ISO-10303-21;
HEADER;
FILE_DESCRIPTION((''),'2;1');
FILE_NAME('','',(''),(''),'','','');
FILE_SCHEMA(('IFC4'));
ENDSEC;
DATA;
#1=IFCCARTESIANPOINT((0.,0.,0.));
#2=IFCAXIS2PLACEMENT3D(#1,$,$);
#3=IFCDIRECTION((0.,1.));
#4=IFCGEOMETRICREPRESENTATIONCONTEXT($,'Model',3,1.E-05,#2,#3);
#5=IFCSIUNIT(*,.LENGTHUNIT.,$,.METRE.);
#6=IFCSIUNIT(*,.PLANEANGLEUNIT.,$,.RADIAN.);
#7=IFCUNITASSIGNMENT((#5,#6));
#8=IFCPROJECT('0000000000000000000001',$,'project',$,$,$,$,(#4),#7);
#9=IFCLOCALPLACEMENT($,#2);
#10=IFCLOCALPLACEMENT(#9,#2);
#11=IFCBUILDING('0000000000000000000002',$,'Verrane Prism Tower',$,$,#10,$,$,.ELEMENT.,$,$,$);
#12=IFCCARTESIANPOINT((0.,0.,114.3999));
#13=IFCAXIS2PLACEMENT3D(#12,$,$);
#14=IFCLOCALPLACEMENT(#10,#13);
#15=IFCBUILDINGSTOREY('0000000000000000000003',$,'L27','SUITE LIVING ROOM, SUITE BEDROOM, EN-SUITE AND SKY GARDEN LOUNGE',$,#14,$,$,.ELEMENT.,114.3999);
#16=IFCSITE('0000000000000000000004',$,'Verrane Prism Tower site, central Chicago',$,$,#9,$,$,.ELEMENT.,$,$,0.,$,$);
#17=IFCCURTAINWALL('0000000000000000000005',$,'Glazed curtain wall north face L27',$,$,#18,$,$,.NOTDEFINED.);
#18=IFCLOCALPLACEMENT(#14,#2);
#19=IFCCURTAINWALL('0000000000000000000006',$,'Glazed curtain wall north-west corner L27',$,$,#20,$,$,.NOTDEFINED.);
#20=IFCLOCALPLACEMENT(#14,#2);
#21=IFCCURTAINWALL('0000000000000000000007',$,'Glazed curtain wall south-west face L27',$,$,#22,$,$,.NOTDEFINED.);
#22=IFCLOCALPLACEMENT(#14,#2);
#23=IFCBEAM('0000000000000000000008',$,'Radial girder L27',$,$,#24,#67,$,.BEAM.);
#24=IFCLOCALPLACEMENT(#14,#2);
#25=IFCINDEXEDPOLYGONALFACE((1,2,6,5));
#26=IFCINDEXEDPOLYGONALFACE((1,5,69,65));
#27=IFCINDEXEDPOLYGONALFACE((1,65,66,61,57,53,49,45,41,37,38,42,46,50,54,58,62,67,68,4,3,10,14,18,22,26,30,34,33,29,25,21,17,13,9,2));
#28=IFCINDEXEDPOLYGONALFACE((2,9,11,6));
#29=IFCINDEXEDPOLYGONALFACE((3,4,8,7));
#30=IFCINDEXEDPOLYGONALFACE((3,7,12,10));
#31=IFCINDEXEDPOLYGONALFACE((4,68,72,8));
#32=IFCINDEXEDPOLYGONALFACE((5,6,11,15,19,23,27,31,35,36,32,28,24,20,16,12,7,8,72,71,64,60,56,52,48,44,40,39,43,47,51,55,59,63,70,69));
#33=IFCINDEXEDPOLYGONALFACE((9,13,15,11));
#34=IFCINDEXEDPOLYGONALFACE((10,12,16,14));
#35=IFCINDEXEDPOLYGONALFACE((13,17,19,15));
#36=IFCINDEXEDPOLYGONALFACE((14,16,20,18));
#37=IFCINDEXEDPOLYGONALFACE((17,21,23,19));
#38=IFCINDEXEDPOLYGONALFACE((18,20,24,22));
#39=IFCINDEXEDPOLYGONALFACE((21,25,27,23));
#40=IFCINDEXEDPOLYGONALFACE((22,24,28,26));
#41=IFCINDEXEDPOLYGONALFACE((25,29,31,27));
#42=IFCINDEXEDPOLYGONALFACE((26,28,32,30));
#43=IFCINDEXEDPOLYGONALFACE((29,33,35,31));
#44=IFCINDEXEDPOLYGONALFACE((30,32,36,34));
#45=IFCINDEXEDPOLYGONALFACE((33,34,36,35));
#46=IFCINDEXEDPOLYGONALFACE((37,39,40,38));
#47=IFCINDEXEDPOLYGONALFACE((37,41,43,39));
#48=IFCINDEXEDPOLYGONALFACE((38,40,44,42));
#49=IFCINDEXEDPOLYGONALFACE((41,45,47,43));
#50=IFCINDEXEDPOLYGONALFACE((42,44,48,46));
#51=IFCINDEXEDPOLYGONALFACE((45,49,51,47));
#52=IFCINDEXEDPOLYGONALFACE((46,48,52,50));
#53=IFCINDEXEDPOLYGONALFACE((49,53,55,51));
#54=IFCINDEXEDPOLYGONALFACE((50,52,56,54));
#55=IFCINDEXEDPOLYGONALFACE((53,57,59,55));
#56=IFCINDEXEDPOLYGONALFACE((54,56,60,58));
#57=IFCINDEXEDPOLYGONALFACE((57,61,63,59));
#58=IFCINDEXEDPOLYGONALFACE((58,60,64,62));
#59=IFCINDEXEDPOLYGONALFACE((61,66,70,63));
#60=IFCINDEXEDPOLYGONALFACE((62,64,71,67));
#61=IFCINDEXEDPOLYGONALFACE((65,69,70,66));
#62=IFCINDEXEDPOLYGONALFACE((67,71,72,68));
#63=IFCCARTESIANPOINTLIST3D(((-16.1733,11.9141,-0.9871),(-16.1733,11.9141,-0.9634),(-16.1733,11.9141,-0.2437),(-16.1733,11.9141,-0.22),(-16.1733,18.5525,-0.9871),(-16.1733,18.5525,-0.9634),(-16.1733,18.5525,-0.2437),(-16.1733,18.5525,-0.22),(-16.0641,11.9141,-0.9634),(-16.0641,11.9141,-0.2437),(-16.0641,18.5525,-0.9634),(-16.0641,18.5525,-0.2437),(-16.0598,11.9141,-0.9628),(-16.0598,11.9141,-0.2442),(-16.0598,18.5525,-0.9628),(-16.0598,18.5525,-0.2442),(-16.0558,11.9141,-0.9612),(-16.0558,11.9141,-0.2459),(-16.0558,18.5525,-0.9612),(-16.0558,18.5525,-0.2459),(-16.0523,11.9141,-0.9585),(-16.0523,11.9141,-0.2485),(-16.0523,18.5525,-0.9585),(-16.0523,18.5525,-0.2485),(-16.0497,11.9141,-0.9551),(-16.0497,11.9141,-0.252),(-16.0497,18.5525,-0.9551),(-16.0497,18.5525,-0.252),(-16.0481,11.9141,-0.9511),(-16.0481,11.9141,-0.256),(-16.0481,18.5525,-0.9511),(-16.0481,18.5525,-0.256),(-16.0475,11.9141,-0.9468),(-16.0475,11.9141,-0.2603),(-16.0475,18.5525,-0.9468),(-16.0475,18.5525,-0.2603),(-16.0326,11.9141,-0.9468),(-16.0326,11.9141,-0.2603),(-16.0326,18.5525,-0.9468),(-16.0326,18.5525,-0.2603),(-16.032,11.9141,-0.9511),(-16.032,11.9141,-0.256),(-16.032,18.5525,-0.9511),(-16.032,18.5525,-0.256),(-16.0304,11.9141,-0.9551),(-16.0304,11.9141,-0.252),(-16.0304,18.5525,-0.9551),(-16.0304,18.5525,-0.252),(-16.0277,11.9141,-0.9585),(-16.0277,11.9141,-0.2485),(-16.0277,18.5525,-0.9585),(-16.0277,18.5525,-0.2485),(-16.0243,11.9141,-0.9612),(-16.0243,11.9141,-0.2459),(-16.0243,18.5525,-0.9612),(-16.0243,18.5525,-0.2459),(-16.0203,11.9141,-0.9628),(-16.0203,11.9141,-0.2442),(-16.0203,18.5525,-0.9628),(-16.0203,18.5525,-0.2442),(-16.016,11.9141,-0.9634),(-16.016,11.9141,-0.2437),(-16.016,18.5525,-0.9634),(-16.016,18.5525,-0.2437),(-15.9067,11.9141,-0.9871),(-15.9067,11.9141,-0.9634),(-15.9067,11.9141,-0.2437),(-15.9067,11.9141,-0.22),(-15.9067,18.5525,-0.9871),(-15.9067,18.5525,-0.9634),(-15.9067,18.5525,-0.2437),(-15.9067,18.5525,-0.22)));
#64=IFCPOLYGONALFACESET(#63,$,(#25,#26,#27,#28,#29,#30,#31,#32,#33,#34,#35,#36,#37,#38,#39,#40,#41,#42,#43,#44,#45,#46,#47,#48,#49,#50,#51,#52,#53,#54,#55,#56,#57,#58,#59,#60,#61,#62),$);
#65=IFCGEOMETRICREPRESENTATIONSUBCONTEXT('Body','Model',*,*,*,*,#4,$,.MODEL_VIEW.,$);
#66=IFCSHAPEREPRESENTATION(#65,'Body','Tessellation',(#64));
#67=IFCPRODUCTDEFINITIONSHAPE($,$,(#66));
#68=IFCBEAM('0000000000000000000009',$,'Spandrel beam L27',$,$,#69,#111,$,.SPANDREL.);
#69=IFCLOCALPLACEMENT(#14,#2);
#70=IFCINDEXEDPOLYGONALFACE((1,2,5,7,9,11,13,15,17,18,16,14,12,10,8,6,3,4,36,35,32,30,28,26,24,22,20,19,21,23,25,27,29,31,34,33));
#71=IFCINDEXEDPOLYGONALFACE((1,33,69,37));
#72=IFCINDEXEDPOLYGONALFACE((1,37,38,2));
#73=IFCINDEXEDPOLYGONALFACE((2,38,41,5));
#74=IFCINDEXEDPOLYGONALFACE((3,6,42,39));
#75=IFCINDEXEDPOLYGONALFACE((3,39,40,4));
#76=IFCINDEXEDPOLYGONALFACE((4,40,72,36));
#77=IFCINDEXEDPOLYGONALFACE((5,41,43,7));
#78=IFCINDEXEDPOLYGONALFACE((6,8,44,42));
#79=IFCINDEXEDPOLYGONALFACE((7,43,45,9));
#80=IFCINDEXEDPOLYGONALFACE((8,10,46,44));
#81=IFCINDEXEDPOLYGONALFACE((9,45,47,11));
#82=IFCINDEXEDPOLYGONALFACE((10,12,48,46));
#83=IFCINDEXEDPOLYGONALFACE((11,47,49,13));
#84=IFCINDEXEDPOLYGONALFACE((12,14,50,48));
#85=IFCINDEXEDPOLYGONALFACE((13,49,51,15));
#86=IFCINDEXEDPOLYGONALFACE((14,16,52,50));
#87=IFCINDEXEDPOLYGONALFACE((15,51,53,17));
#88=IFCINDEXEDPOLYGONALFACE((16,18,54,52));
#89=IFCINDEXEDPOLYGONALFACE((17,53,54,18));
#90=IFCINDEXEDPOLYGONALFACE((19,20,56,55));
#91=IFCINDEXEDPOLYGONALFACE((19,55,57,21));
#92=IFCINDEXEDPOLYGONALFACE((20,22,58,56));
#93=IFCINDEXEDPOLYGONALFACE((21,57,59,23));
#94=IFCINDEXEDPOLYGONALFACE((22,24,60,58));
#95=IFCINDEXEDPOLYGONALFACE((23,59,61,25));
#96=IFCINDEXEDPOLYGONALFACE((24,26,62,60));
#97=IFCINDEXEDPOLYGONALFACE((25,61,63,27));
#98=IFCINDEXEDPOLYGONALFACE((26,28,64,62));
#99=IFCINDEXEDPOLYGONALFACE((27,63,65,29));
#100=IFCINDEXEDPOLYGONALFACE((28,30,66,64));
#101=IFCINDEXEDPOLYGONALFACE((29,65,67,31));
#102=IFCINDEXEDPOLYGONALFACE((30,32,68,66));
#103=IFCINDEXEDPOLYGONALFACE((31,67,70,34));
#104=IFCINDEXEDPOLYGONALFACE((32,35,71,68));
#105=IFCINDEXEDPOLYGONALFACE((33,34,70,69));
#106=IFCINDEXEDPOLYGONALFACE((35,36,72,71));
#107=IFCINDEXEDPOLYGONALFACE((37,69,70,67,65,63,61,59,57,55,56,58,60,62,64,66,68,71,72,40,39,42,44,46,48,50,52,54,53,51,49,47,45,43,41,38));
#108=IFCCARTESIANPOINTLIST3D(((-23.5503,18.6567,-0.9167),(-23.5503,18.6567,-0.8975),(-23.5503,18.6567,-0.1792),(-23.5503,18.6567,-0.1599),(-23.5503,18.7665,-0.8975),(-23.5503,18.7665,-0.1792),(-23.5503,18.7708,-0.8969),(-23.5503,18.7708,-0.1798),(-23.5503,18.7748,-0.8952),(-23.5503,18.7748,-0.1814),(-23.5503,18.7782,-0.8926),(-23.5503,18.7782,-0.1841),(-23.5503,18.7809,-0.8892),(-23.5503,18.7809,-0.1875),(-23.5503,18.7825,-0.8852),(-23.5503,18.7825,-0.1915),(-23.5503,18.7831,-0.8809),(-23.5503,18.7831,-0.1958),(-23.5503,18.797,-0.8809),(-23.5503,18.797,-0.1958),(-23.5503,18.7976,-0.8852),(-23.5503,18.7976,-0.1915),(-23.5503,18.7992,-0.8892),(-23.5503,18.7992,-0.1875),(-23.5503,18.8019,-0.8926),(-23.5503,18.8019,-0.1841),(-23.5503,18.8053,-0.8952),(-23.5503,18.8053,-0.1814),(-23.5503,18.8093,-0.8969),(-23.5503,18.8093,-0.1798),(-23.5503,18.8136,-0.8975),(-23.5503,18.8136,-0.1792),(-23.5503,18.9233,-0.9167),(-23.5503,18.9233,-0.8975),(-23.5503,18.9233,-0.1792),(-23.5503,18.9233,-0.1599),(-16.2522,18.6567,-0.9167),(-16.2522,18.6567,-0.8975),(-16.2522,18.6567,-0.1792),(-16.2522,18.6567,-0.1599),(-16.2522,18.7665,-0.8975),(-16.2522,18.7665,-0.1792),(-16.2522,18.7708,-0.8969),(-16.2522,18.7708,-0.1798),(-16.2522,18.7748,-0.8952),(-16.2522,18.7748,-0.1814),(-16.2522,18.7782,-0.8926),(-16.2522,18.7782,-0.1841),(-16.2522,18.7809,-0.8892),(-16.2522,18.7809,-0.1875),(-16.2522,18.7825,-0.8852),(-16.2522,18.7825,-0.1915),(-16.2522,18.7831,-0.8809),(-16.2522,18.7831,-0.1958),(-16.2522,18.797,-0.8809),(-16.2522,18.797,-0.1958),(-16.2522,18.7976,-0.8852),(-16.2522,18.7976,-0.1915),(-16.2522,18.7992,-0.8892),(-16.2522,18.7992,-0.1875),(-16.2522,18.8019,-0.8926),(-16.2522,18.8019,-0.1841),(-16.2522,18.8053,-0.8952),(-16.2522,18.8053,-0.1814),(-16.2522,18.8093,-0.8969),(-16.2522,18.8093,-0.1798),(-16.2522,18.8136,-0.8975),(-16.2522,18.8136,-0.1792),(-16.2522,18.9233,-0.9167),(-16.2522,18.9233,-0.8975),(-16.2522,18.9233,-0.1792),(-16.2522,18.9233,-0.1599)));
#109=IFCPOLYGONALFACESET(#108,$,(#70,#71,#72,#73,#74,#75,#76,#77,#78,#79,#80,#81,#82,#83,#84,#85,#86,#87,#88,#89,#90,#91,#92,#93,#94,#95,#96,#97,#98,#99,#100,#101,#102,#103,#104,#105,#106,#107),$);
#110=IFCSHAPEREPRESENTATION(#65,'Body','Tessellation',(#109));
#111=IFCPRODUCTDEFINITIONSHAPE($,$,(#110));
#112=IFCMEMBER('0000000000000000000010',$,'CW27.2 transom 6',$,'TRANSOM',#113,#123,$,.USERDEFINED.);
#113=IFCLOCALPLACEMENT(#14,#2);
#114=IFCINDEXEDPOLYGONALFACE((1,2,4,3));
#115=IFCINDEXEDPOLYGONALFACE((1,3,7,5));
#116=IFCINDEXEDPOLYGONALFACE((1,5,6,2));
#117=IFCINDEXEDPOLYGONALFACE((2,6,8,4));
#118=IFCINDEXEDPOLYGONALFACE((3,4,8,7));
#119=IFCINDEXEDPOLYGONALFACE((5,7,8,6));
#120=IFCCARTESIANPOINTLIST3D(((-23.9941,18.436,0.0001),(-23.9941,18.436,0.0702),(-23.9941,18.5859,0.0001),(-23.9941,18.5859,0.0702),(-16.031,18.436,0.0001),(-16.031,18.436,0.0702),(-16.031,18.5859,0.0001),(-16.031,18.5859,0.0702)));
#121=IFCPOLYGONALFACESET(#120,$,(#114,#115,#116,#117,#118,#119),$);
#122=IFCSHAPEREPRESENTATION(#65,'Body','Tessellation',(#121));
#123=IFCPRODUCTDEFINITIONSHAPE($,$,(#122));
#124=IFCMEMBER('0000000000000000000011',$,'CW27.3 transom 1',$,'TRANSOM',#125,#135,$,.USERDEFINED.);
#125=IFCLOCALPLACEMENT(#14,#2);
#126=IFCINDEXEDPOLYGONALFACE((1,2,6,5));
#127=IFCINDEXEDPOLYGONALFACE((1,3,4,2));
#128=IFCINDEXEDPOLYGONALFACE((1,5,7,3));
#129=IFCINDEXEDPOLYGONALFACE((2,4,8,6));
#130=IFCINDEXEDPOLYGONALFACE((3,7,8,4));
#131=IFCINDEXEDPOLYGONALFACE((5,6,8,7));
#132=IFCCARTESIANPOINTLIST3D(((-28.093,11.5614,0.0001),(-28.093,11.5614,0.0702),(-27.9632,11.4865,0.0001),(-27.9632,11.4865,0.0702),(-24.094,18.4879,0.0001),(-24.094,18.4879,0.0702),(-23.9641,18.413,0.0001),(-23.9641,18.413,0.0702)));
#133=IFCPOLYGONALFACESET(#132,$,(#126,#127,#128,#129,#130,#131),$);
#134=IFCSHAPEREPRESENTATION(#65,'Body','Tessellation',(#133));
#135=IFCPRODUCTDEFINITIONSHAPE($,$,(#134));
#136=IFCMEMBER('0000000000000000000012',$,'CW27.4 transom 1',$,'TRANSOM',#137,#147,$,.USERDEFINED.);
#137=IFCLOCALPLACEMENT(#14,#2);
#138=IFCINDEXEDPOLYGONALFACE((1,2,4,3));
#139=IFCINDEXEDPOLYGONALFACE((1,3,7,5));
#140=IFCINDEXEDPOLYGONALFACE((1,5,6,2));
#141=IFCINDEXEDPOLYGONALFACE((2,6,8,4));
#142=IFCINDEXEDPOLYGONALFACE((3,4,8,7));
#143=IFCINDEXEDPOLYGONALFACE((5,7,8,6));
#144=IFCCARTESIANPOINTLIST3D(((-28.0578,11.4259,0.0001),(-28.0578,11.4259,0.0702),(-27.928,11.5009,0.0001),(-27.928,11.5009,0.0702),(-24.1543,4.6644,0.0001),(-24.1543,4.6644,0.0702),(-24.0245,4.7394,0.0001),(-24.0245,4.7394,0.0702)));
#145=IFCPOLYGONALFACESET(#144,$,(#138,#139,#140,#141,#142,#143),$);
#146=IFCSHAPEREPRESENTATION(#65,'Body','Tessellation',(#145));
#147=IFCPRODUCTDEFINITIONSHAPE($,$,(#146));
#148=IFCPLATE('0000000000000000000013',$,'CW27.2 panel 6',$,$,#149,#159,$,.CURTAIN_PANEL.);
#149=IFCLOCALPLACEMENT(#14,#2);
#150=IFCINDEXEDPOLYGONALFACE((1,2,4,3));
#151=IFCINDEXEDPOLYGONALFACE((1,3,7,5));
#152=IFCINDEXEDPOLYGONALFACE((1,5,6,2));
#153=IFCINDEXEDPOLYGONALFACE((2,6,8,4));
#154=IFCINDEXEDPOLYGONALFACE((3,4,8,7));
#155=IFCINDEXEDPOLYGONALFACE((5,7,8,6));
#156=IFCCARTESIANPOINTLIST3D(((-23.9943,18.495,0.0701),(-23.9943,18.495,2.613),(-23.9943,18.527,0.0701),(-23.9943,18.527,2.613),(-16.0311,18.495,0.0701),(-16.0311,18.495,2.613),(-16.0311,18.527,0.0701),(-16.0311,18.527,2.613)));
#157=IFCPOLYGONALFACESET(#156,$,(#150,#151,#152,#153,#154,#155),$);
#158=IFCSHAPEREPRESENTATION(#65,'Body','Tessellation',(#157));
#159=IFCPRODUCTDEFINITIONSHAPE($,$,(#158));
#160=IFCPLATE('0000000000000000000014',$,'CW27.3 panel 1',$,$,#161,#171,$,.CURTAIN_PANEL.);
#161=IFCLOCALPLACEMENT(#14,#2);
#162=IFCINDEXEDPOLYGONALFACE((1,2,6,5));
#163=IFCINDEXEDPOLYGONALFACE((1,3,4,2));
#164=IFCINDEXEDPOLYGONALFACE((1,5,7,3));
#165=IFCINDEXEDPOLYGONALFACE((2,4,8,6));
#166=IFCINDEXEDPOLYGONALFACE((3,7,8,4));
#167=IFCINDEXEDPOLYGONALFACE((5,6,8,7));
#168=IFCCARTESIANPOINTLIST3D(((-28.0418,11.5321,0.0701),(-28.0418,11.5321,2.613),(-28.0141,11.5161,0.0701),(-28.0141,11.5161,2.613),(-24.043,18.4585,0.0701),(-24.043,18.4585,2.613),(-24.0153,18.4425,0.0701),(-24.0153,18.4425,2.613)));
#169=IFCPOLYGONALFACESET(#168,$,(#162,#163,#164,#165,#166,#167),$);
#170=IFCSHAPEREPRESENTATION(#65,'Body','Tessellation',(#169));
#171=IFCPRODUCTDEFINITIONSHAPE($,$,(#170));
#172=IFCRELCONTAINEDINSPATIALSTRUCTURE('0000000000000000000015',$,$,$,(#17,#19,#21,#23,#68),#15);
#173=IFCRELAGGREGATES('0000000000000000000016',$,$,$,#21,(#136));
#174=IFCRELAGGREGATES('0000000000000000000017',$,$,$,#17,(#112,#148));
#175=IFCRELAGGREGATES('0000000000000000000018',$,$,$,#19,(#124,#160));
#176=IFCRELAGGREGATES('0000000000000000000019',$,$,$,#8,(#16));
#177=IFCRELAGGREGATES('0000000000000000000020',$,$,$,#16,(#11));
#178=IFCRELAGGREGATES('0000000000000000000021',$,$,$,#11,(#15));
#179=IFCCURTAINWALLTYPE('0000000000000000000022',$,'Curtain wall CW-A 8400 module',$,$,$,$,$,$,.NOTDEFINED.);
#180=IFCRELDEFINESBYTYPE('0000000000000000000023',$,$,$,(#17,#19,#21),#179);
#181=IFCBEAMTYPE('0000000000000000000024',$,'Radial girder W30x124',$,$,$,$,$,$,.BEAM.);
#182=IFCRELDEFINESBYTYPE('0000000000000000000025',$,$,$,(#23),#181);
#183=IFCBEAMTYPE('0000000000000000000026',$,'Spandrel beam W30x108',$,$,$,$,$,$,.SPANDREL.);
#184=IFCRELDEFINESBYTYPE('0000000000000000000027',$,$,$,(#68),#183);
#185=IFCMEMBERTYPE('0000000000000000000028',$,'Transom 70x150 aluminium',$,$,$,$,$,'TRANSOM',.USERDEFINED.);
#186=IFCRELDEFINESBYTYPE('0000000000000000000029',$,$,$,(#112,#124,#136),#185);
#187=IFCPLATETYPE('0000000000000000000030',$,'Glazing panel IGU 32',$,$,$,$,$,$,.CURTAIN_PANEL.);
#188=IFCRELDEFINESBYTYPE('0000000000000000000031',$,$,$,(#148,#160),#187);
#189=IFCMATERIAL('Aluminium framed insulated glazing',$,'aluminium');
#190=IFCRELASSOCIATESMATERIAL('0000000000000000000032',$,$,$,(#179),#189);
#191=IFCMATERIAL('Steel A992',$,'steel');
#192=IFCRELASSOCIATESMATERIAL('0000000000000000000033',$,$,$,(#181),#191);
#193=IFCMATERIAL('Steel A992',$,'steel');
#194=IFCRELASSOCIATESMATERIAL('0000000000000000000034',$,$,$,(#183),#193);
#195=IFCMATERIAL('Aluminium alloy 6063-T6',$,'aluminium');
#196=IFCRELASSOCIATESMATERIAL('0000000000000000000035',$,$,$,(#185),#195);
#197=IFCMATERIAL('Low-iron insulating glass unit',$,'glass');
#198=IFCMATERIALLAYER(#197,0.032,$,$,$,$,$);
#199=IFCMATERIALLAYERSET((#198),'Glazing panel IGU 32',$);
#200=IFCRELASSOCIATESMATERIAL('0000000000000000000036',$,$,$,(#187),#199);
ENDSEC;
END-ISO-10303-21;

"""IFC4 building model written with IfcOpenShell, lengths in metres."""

from ifc_helpers import new_model, si_unit, direction, frame, origin, origin_2d, place, context, subcontext, project, spatial, rectangle, i_section, extrude, material, layer, layer_set, material_profile, profile_set, type_object, element, aggregate, save


model = new_model("IFC4")

# Units and contexts
model_context = context("Model", 3, precision=1e-05, world=origin(), true_north=direction((0.0, 1.0)))
body_context = subcontext(model_context, "Body", "Model", "MODEL_VIEW")
ifc_project = project(units=[si_unit("LENGTHUNIT", "METRE"), si_unit("PLANEANGLEUNIT", "RADIAN")], contexts=[model_context])

# Site, building, storey
site_placement = place(None, origin())
site = spatial("IfcSite", under=ifc_project, at=site_placement, Name="Verrane Prism Tower site, central Chicago", CompositionType="ELEMENT", RefElevation=0.0)
building_placement = place(site_placement, origin())
building = spatial("IfcBuilding", under=site, at=building_placement, Name="Verrane Prism Tower", CompositionType="ELEMENT")
storey_placement = place(building_placement, frame((0.0, 0.0, 114.3999)))
storey = spatial("IfcBuildingStorey", under=building, at=storey_placement, Name="L27", Description="SUITE LIVING ROOM, SUITE BEDROOM, EN-SUITE AND SKY GARDEN LOUNGE", CompositionType="ELEMENT", Elevation=114.3999)

# Curtain walls
ifc_material_1 = material(Name="Aluminium framed insulated glazing", Category="aluminium")
curtain_wall_type = type_object("IfcCurtainWallType", Name="Curtain wall CW-A 8400 module", PredefinedType="NOTDEFINED", material=ifc_material_1)
curtain_wall_1_placement = place(storey_placement, origin())
curtain_wall_1 = element("IfcCurtainWall", 1, at=curtain_wall_1_placement, inside=storey, type_object=curtain_wall_type, Name="Glazed curtain wall north face L27", PredefinedType="NOTDEFINED")
curtain_wall_2_placement = place(storey_placement, origin())
curtain_wall_2 = element("IfcCurtainWall", 2, at=curtain_wall_2_placement, inside=storey, type_object=curtain_wall_type, Name="Glazed curtain wall north-west corner L27", PredefinedType="NOTDEFINED")
curtain_wall_3_placement = place(storey_placement, origin())
curtain_wall_3 = element("IfcCurtainWall", 3, at=curtain_wall_3_placement, inside=storey, type_object=curtain_wall_type, Name="Glazed curtain wall south-west face L27", PredefinedType="NOTDEFINED")

# Beams
ifc_material_2 = material(Name="Steel A992", Category="steel")
ifc_material_profile_1 = material_profile(ifc_material_2, i_section(OverallWidth=0.2666, OverallDepth=0.7671, WebThickness=0.0149, FlangeThickness=0.0237, FilletRadius=0.0166, at=origin_2d()), Name="W30x124")
ifc_profile_set_1 = profile_set([ifc_material_profile_1], Name="Steel A992")
beam_type_1 = type_object("IfcBeamType", Name="Radial girder W30x124", PredefinedType="BEAM", material=ifc_profile_set_1)
beam_1_placement = place(storey_placement, frame((-16.04, 18.5525, -0.6035), z_axis=(0.0, -1.0, 0.0), x_axis=(1.0, 0.0, 0.0)))
element("IfcBeam", 4, at=beam_1_placement, inside=storey, type_object=beam_type_1, Name="Radial girder L27", PredefinedType="BEAM", context=body_context, shape_type="SweptSolid", body=[
    extrude(i_section(OverallWidth=0.2666, OverallDepth=0.7671, WebThickness=0.0149, FlangeThickness=0.0237, FilletRadius=0.0166, at=origin_2d()), origin(), (0.0, 0.0, 1.0), 6.6384),
])
ifc_material_3 = material(Name="Steel A992", Category="steel")
ifc_material_profile_2 = material_profile(ifc_material_3, i_section(OverallWidth=0.2666, OverallDepth=0.7568, WebThickness=0.0139, FlangeThickness=0.0193, FilletRadius=0.0166, at=origin_2d()), Name="W30x108")
ifc_profile_set_2 = profile_set([ifc_material_profile_2], Name="Steel A992")
beam_type_2 = type_object("IfcBeamType", Name="Spandrel beam W30x108", PredefinedType="SPANDREL", material=ifc_profile_set_2)
beam_2_placement = place(storey_placement, frame((-16.2522, 18.79, -0.5383), z_axis=(-1.0, 0.0, 0.0), x_axis=(0.0, -1.0, 0.0)))
element("IfcBeam", 5, at=beam_2_placement, inside=storey, type_object=beam_type_2, Name="Spandrel beam L27", PredefinedType="SPANDREL", context=body_context, shape_type="SweptSolid", body=[
    extrude(i_section(OverallWidth=0.2666, OverallDepth=0.7568, WebThickness=0.0139, FlangeThickness=0.0193, FilletRadius=0.0166, at=origin_2d()), origin(), (0.0, 0.0, 1.0), 7.2981),
])

# Members
ifc_material_4 = material(Name="Aluminium alloy 6063-T6", Category="aluminium")
ifc_material_profile_3 = material_profile(ifc_material_4, rectangle(XDim=0.1499, YDim=0.0701, at=origin_2d()), Name="Transom 70x150 aluminium")
ifc_profile_set_3 = profile_set([ifc_material_profile_3], Name="Aluminium alloy 6063-T6")
member_type_1 = type_object("IfcMemberType", Name="Transom 70x150 aluminium", ElementType="TRANSOM", PredefinedType="USERDEFINED", material=ifc_profile_set_3)
member_1_placement = place(storey_placement, frame((-16.031, 18.511, 0.0352), z_axis=(-1.0, 0.0, 0.0), x_axis=(0.0, -1.0, 0.0)))
member_1 = element("IfcMember", 6, at=member_1_placement, type_object=member_type_1, Name="CW27.2 transom 6", ObjectType="TRANSOM", PredefinedType="USERDEFINED", context=body_context, shape_type="SweptSolid", body=[
    extrude(rectangle(XDim=0.1499, YDim=0.0701, at=origin_2d()), origin(), (0.0, 0.0, 1.0), 7.9631),
])
member_2_placement = place(storey_placement, frame((-24.0291, 18.4504, 0.0352), z_axis=(-0.5, -0.866025, 0.0), x_axis=(0.866025, -0.5, 0.0)))
member_2 = element("IfcMember", 7, at=member_2_placement, type_object=member_type_1, Name="CW27.3 transom 1", ObjectType="TRANSOM", PredefinedType="USERDEFINED", context=body_context, shape_type="SweptSolid", body=[
    extrude(rectangle(XDim=0.1499, YDim=0.0701, at=origin_2d()), origin(), (0.0, 0.0, 1.0), 7.998),
])
member_3_placement = place(storey_placement, frame((-27.9929, 11.4634, 0.0352), z_axis=(0.499983, -0.866035, 0.0), x_axis=(0.866035, 0.499983, 0.0)))
member_3 = element("IfcMember", 8, at=member_3_placement, type_object=member_type_1, Name="CW27.4 transom 1", ObjectType="TRANSOM", PredefinedType="USERDEFINED", context=body_context, shape_type="SweptSolid", body=[
    extrude(rectangle(XDim=0.1499, YDim=0.0701, at=origin_2d()), origin(), (0.0, 0.0, 1.0), 7.8074),
])
aggregate(curtain_wall_3, [member_3])

# Plates
ifc_material_5 = material(Name="Low-iron insulating glass unit", Category="glass")
ifc_layer_1 = layer(ifc_material_5, 0.032)
ifc_layer_set_1 = layer_set([ifc_layer_1], Name="Glazing panel IGU 32")
plate_type = type_object("IfcPlateType", Name="Glazing panel IGU 32", PredefinedType="CURTAIN_PANEL", material=ifc_layer_set_1)
plate_1_placement = place(storey_placement, frame((-20.0127, 18.511, 0.0701), z_axis=(0.0, 0.0, 1.0), x_axis=(-1.0, 0.0, 0.0)))
plate_1 = element("IfcPlate", 9, at=plate_1_placement, type_object=plate_type, Name="CW27.2 panel 6", PredefinedType="CURTAIN_PANEL", context=body_context, shape_type="SweptSolid", body=[
    extrude(rectangle(XDim=7.9631, YDim=0.032, at=origin_2d()), origin(), (0.0, 0.0, 1.0), 2.543),
])
aggregate(curtain_wall_1, [member_1, plate_1])
plate_2_placement = place(storey_placement, frame((-26.0286, 14.9873, 0.0701), z_axis=(0.0, 0.0, 1.0), x_axis=(-0.499996, -0.866028, 0.0)))
plate_2 = element("IfcPlate", 10, at=plate_2_placement, type_object=plate_type, Name="CW27.3 panel 1", PredefinedType="CURTAIN_PANEL", context=body_context, shape_type="SweptSolid", body=[
    extrude(rectangle(XDim=7.9978, YDim=0.032, at=origin_2d()), origin(), (0.0, 0.0, 1.0), 2.543),
])
aggregate(curtain_wall_2, [member_2, plate_2])

save(model, "model.ifc")
